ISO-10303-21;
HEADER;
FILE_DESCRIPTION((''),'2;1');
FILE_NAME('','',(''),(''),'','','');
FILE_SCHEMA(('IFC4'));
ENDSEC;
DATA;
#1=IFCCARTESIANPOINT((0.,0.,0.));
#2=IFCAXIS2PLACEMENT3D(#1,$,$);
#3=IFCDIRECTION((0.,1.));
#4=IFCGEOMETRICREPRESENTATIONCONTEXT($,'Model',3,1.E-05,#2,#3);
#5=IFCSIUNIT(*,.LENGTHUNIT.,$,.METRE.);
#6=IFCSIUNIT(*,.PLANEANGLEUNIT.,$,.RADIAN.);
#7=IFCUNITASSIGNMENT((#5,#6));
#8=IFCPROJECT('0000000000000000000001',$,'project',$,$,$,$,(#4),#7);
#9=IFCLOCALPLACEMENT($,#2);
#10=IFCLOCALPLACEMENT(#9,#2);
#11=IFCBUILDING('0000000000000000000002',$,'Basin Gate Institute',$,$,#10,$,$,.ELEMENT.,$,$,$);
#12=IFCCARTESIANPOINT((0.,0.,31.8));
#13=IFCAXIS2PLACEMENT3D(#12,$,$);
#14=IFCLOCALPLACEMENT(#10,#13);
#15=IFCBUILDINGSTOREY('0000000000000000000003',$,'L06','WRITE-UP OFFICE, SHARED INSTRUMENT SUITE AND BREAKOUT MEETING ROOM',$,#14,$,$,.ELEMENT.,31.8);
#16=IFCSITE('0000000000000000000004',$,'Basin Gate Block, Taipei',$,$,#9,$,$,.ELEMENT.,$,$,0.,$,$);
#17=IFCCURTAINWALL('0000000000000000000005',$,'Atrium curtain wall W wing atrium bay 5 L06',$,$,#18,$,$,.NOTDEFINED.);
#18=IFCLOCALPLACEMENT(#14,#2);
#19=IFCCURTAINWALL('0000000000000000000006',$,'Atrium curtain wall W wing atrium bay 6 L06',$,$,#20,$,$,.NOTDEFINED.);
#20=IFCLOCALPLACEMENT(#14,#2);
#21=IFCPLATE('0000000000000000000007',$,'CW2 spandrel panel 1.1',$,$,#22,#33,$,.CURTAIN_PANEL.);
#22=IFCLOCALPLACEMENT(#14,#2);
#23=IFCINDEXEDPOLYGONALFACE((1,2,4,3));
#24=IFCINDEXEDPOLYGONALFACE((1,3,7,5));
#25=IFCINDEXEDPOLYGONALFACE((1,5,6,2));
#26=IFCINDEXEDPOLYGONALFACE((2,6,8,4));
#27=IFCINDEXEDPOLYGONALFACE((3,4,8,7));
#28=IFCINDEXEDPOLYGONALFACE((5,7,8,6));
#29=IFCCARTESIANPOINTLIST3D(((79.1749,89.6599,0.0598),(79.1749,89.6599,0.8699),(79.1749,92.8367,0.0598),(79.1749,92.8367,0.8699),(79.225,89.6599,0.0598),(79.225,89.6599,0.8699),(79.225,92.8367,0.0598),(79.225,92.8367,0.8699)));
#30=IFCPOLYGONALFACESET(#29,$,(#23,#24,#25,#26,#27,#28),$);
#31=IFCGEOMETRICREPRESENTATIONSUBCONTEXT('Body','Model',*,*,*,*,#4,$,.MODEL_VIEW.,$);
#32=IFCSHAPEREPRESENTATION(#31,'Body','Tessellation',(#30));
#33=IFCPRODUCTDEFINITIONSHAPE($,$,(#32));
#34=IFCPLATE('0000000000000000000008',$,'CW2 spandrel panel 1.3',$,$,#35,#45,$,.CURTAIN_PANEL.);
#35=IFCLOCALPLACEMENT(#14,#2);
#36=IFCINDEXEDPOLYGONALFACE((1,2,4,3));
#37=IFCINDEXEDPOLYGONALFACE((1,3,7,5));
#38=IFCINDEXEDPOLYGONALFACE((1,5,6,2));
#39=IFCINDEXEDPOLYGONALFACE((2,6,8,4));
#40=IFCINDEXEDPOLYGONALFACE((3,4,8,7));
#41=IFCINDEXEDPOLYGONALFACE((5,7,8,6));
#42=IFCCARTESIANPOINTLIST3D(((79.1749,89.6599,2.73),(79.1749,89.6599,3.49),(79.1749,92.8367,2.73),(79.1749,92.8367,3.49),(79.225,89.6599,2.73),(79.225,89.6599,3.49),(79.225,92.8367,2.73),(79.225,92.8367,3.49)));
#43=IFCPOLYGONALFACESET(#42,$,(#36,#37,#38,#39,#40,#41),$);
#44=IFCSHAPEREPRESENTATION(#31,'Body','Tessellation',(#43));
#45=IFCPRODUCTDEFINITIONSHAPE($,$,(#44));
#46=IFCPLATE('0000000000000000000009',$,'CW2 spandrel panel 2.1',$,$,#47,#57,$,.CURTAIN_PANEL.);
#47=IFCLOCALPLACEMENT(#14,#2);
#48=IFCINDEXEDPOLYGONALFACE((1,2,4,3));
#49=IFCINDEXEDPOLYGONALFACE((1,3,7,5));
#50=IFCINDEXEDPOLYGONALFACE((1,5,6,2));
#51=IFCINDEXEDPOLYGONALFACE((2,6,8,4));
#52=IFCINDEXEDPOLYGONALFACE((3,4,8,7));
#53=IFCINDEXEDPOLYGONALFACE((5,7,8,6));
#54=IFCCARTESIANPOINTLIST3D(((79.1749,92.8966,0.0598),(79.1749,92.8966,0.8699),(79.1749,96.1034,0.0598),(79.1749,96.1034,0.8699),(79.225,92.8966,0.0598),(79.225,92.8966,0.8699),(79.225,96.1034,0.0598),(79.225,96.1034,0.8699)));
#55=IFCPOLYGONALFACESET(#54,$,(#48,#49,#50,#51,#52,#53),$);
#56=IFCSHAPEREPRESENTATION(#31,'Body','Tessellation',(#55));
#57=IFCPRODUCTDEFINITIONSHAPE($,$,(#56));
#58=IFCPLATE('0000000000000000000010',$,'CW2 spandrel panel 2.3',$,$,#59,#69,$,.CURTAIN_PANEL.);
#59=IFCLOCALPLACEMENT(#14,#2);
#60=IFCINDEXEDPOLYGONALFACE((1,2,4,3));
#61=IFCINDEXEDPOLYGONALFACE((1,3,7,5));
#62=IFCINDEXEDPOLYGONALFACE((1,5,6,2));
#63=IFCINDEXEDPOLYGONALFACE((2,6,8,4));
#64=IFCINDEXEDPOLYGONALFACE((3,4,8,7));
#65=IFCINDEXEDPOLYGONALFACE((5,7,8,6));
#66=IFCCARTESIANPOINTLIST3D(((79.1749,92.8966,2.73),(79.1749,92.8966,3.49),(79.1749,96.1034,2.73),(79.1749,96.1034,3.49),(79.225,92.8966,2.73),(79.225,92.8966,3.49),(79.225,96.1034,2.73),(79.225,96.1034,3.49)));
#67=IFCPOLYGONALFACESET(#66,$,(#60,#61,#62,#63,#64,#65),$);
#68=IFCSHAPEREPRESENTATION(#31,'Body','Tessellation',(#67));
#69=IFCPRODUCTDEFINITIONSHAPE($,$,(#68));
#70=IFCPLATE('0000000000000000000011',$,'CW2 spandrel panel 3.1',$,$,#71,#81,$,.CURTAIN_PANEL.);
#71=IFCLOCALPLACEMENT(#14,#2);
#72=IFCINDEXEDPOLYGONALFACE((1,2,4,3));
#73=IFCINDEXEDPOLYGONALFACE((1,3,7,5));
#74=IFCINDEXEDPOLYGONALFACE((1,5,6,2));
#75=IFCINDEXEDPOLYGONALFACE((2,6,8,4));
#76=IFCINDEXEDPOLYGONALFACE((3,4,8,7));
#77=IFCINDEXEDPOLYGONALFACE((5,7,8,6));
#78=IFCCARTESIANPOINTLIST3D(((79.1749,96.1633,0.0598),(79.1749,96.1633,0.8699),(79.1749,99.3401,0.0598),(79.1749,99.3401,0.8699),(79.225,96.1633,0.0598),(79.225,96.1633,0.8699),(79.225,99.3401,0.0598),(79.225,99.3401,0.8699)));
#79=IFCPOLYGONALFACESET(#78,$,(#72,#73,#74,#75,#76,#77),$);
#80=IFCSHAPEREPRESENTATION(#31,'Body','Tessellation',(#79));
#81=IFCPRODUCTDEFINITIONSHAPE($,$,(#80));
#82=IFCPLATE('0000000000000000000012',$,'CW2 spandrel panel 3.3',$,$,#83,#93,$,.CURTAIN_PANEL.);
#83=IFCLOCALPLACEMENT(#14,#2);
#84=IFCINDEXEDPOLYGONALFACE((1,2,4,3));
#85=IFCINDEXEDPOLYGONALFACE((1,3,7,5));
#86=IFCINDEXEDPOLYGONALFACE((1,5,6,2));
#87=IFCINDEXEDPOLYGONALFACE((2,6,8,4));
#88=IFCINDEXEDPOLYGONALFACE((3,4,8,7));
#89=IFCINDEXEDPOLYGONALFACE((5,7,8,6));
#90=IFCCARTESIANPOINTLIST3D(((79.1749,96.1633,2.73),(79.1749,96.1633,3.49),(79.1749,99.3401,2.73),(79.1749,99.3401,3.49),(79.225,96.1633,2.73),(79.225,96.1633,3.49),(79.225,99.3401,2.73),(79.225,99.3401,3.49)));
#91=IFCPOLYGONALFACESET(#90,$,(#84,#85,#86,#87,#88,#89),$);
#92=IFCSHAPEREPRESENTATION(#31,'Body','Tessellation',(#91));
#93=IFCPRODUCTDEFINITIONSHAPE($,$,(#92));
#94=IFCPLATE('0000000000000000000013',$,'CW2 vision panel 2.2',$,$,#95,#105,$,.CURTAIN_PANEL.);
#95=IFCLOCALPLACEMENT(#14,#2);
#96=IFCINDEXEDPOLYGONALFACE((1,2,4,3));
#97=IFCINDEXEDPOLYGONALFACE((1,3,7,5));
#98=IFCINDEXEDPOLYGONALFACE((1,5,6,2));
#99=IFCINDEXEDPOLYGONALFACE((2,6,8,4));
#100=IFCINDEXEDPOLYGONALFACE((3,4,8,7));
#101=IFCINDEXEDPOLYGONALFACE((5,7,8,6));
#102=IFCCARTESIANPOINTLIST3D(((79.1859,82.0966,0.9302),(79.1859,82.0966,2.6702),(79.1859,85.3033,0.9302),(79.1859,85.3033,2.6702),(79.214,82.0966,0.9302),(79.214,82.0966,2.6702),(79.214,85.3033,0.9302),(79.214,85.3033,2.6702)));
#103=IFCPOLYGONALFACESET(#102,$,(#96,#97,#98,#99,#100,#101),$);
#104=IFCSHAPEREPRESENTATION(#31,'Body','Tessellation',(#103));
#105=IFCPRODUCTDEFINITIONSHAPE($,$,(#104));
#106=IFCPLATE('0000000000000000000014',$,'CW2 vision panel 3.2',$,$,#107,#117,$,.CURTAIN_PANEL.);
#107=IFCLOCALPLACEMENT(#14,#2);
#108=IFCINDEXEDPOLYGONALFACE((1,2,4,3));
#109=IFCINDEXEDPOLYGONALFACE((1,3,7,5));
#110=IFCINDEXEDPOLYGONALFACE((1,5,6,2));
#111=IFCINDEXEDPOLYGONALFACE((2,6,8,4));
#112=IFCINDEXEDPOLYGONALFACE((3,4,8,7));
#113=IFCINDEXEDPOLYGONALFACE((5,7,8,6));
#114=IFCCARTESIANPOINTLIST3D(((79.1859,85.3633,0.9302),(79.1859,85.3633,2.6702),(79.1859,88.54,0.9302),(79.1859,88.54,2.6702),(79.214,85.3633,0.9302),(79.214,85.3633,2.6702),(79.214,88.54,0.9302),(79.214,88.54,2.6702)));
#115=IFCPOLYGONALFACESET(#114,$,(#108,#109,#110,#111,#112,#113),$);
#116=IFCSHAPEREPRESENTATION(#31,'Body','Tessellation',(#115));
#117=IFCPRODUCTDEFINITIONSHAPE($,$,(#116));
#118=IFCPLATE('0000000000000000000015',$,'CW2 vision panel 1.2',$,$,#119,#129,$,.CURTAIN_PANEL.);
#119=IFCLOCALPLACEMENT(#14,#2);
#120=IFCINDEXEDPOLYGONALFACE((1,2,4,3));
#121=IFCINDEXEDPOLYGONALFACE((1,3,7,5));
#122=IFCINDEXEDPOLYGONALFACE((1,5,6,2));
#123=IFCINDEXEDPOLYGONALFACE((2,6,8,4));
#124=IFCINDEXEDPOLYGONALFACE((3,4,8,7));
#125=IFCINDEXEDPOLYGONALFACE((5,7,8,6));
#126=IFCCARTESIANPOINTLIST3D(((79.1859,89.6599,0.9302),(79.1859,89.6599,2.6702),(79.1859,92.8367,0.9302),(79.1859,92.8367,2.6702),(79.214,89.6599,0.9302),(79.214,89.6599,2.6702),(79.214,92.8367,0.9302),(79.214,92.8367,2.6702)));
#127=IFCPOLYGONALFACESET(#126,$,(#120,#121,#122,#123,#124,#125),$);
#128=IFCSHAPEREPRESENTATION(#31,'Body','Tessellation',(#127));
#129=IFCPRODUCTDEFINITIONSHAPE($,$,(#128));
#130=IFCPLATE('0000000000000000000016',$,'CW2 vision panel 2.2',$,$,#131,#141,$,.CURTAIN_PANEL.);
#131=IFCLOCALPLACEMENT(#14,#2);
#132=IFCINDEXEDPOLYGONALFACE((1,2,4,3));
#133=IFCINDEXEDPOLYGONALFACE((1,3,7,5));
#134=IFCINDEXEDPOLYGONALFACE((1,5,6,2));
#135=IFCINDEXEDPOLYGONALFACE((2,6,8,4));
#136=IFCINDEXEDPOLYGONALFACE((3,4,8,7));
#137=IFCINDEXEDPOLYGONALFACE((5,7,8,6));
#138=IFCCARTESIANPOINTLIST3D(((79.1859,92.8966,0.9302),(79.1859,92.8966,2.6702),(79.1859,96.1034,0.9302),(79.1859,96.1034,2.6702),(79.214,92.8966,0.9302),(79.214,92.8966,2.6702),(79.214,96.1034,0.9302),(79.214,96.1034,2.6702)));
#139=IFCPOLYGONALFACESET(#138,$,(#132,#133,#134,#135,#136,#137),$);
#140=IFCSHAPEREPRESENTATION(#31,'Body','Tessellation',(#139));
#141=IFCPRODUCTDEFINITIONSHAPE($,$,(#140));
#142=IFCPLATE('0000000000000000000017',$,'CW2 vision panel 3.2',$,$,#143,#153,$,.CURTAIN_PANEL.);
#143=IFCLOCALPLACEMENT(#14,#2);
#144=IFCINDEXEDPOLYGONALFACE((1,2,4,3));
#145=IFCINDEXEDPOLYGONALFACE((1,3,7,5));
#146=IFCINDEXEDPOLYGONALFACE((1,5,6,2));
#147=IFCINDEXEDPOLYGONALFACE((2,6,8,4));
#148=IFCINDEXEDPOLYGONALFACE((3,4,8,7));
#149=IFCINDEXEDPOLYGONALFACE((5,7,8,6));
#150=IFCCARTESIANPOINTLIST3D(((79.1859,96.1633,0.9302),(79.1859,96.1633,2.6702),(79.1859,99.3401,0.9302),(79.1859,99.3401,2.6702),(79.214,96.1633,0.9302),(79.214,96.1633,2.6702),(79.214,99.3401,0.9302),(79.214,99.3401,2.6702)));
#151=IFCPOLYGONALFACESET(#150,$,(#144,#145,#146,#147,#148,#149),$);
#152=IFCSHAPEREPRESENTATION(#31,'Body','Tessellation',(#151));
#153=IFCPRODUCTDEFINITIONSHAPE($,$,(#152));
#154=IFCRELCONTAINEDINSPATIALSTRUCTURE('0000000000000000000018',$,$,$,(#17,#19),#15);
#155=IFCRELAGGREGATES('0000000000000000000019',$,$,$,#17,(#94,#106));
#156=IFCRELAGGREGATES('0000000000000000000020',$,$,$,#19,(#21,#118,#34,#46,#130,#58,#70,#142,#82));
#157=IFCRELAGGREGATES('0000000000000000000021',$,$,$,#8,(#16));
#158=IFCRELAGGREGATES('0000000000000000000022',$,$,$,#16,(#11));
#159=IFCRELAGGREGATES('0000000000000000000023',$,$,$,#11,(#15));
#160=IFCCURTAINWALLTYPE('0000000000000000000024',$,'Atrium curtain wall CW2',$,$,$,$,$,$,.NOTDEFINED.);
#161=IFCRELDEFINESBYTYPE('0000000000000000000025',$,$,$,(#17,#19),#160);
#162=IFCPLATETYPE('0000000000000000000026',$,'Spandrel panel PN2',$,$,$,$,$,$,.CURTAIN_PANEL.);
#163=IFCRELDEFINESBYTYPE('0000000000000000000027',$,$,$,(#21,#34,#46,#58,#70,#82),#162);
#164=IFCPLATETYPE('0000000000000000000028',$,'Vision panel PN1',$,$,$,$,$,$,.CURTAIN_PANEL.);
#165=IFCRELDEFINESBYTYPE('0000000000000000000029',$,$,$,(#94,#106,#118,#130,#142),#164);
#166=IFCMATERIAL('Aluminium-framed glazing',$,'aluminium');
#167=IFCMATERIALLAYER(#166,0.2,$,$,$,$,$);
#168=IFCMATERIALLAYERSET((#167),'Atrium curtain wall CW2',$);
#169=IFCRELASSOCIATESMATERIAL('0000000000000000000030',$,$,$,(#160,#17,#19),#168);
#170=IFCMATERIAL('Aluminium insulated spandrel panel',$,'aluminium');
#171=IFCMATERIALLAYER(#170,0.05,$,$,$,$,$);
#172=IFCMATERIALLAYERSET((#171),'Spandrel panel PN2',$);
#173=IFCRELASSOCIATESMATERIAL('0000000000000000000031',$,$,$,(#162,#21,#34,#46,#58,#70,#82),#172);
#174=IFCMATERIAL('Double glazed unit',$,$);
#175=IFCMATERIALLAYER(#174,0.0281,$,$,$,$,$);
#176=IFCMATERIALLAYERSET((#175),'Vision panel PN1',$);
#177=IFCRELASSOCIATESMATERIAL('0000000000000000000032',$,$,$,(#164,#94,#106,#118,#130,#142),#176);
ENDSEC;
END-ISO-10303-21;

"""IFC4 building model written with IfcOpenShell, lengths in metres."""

from ifc_helpers import new_model, si_unit, direction, frame, origin, origin_2d, place, context, subcontext, project, spatial, rectangle, extrude, material, layer, layer_set, type_object, element, aggregate, save


model = new_model("IFC4")

# Units and contexts
model_context = context("Model", 3, precision=1e-05, world=origin(), true_north=direction((0.0, 1.0)))
body_context = subcontext(model_context, "Body", "Model", "MODEL_VIEW")
ifc_project = project(units=[si_unit("LENGTHUNIT", "METRE"), si_unit("PLANEANGLEUNIT", "RADIAN")], contexts=[model_context])

# Site, building, storey
site_placement = place(None, origin())
site = spatial("IfcSite", under=ifc_project, at=site_placement, Name="Basin Gate Block, Taipei", CompositionType="ELEMENT", RefElevation=0.0)
building_placement = place(site_placement, origin())
building = spatial("IfcBuilding", under=site, at=building_placement, Name="Basin Gate Institute", CompositionType="ELEMENT")
storey_placement = place(building_placement, frame((0.0, 0.0, 31.8)))
storey = spatial("IfcBuildingStorey", under=building, at=storey_placement, Name="L06", Description="WRITE-UP OFFICE, SHARED INSTRUMENT SUITE AND BREAKOUT MEETING ROOM", CompositionType="ELEMENT", Elevation=31.8)

# Curtain walls
ifc_material_1 = material(Name="Aluminium-framed glazing", Category="aluminium")
ifc_layer_1 = layer(ifc_material_1, 0.2)
ifc_layer_set_1 = layer_set([ifc_layer_1], Name="Atrium curtain wall CW2")
curtain_wall_type = type_object("IfcCurtainWallType", Name="Atrium curtain wall CW2", PredefinedType="NOTDEFINED", material=ifc_layer_set_1)
curtain_wall_1_placement = place(storey_placement, origin())
curtain_wall_1 = element("IfcCurtainWall", 1, at=curtain_wall_1_placement, inside=storey, type_object=curtain_wall_type, material=ifc_layer_set_1, Name="Atrium curtain wall W wing atrium bay 5 L06", PredefinedType="NOTDEFINED")
curtain_wall_2_placement = place(storey_placement, origin())
curtain_wall_2 = element("IfcCurtainWall", 2, at=curtain_wall_2_placement, inside=storey, type_object=curtain_wall_type, material=ifc_layer_set_1, Name="Atrium curtain wall W wing atrium bay 6 L06", PredefinedType="NOTDEFINED")

# Plates
ifc_material_2 = material(Name="Aluminium insulated spandrel panel", Category="aluminium")
ifc_layer_2 = layer(ifc_material_2, 0.05)
ifc_layer_set_2 = layer_set([ifc_layer_2], Name="Spandrel panel PN2")
plate_type_1 = type_object("IfcPlateType", Name="Spandrel panel PN2", PredefinedType="CURTAIN_PANEL", material=ifc_layer_set_2)
plate_1_placement = place(storey_placement, frame((79.2, 91.2483, 0.0598), z_axis=(0.0, 0.0, 1.0), x_axis=(0.0, 1.0, 0.0)))
plate_1 = element("IfcPlate", 3, at=plate_1_placement, type_object=plate_type_1, material=ifc_layer_set_2, Name="CW2 spandrel panel 1.1", PredefinedType="CURTAIN_PANEL", context=body_context, shape_type="SweptSolid", body=[
    extrude(rectangle(XDim=3.1768, YDim=0.05, at=origin_2d()), origin(), (0.0, 0.0, 1.0), 0.8101),
])
plate_2_placement = place(storey_placement, frame((79.2, 91.2483, 2.73), z_axis=(0.0, 0.0, 1.0), x_axis=(0.0, 1.0, 0.0)))
plate_2 = element("IfcPlate", 4, at=plate_2_placement, type_object=plate_type_1, material=ifc_layer_set_2, Name="CW2 spandrel panel 1.3", PredefinedType="CURTAIN_PANEL", context=body_context, shape_type="SweptSolid", body=[
    extrude(rectangle(XDim=3.1768, YDim=0.05, at=origin_2d()), origin(), (0.0, 0.0, 1.0), 0.76),
])
plate_3_placement = place(storey_placement, frame((79.2, 94.5, 0.0598), z_axis=(0.0, 0.0, 1.0), x_axis=(0.0, 1.0, 0.0)))
plate_3 = element("IfcPlate", 5, at=plate_3_placement, type_object=plate_type_1, material=ifc_layer_set_2, Name="CW2 spandrel panel 2.1", PredefinedType="CURTAIN_PANEL", context=body_context, shape_type="SweptSolid", body=[
    extrude(rectangle(XDim=3.2068, YDim=0.05, at=origin_2d()), origin(), (0.0, 0.0, 1.0), 0.8101),
])
plate_4_placement = place(storey_placement, frame((79.2, 94.5, 2.73), z_axis=(0.0, 0.0, 1.0), x_axis=(0.0, 1.0, 0.0)))
plate_4 = element("IfcPlate", 6, at=plate_4_placement, type_object=plate_type_1, material=ifc_layer_set_2, Name="CW2 spandrel panel 2.3", PredefinedType="CURTAIN_PANEL", context=body_context, shape_type="SweptSolid", body=[
    extrude(rectangle(XDim=3.2068, YDim=0.05, at=origin_2d()), origin(), (0.0, 0.0, 1.0), 0.76),
])
plate_5_placement = place(storey_placement, frame((79.2, 97.7517, 0.0598), z_axis=(0.0, 0.0, 1.0), x_axis=(0.0, 1.0, 0.0)))
plate_5 = element("IfcPlate", 7, at=plate_5_placement, type_object=plate_type_1, material=ifc_layer_set_2, Name="CW2 spandrel panel 3.1", PredefinedType="CURTAIN_PANEL", context=body_context, shape_type="SweptSolid", body=[
    extrude(rectangle(XDim=3.1768, YDim=0.05, at=origin_2d()), origin(), (0.0, 0.0, 1.0), 0.8101),
])
plate_6_placement = place(storey_placement, frame((79.2, 97.7517, 2.73), z_axis=(0.0, 0.0, 1.0), x_axis=(0.0, 1.0, 0.0)))
plate_6 = element("IfcPlate", 8, at=plate_6_placement, type_object=plate_type_1, material=ifc_layer_set_2, Name="CW2 spandrel panel 3.3", PredefinedType="CURTAIN_PANEL", context=body_context, shape_type="SweptSolid", body=[
    extrude(rectangle(XDim=3.1768, YDim=0.05, at=origin_2d()), origin(), (0.0, 0.0, 1.0), 0.76),
])
ifc_material_3 = material(Name="Double glazed unit")
ifc_layer_3 = layer(ifc_material_3, 0.0281)
ifc_layer_set_3 = layer_set([ifc_layer_3], Name="Vision panel PN1")
plate_type_2 = type_object("IfcPlateType", Name="Vision panel PN1", PredefinedType="CURTAIN_PANEL", material=ifc_layer_set_3)
plate_7_placement = place(storey_placement, frame((79.2, 83.7, 0.9302), z_axis=(0.0, 0.0, 1.0), x_axis=(0.0, 1.0, 0.0)))
plate_7 = element("IfcPlate", 9, at=plate_7_placement, type_object=plate_type_2, material=ifc_layer_set_3, Name="CW2 vision panel 2.2", PredefinedType="CURTAIN_PANEL", context=body_context, shape_type="SweptSolid", body=[
    extrude(rectangle(XDim=3.2068, YDim=0.0281, at=origin_2d()), origin(), (0.0, 0.0, 1.0), 1.74),
])
plate_8_placement = place(storey_placement, frame((79.2, 86.9517, 0.9302), z_axis=(0.0, 0.0, 1.0), x_axis=(0.0, 1.0, 0.0)))
plate_8 = element("IfcPlate", 10, at=plate_8_placement, type_object=plate_type_2, material=ifc_layer_set_3, Name="CW2 vision panel 3.2", PredefinedType="CURTAIN_PANEL", context=body_context, shape_type="SweptSolid", body=[
    extrude(rectangle(XDim=3.1768, YDim=0.0281, at=origin_2d()), origin(), (0.0, 0.0, 1.0), 1.74),
])
aggregate(curtain_wall_1, [plate_7, plate_8])
plate_9_placement = place(storey_placement, frame((79.2, 91.2483, 0.9302), z_axis=(0.0, 0.0, 1.0), x_axis=(0.0, 1.0, 0.0)))
plate_9 = element("IfcPlate", 11, at=plate_9_placement, type_object=plate_type_2, material=ifc_layer_set_3, Name="CW2 vision panel 1.2", PredefinedType="CURTAIN_PANEL", context=body_context, shape_type="SweptSolid", body=[
    extrude(rectangle(XDim=3.1768, YDim=0.0281, at=origin_2d()), origin(), (0.0, 0.0, 1.0), 1.74),
])
plate_10_placement = place(storey_placement, frame((79.2, 94.5, 0.9302), z_axis=(0.0, 0.0, 1.0), x_axis=(0.0, 1.0, 0.0)))
plate_10 = element("IfcPlate", 12, at=plate_10_placement, type_object=plate_type_2, material=ifc_layer_set_3, Name="CW2 vision panel 2.2", PredefinedType="CURTAIN_PANEL", context=body_context, shape_type="SweptSolid", body=[
    extrude(rectangle(XDim=3.2068, YDim=0.0281, at=origin_2d()), origin(), (0.0, 0.0, 1.0), 1.74),
])
plate_11_placement = place(storey_placement, frame((79.2, 97.7517, 0.9302), z_axis=(0.0, 0.0, 1.0), x_axis=(0.0, 1.0, 0.0)))
plate_11 = element("IfcPlate", 13, at=plate_11_placement, type_object=plate_type_2, material=ifc_layer_set_3, Name="CW2 vision panel 3.2", PredefinedType="CURTAIN_PANEL", context=body_context, shape_type="SweptSolid", body=[
    extrude(rectangle(XDim=3.1768, YDim=0.0281, at=origin_2d()), origin(), (0.0, 0.0, 1.0), 1.74),
])
aggregate(curtain_wall_2, [plate_1, plate_9, plate_2, plate_3, plate_10, plate_4, plate_5, plate_11, plate_6])

save(model, "model.ifc")
